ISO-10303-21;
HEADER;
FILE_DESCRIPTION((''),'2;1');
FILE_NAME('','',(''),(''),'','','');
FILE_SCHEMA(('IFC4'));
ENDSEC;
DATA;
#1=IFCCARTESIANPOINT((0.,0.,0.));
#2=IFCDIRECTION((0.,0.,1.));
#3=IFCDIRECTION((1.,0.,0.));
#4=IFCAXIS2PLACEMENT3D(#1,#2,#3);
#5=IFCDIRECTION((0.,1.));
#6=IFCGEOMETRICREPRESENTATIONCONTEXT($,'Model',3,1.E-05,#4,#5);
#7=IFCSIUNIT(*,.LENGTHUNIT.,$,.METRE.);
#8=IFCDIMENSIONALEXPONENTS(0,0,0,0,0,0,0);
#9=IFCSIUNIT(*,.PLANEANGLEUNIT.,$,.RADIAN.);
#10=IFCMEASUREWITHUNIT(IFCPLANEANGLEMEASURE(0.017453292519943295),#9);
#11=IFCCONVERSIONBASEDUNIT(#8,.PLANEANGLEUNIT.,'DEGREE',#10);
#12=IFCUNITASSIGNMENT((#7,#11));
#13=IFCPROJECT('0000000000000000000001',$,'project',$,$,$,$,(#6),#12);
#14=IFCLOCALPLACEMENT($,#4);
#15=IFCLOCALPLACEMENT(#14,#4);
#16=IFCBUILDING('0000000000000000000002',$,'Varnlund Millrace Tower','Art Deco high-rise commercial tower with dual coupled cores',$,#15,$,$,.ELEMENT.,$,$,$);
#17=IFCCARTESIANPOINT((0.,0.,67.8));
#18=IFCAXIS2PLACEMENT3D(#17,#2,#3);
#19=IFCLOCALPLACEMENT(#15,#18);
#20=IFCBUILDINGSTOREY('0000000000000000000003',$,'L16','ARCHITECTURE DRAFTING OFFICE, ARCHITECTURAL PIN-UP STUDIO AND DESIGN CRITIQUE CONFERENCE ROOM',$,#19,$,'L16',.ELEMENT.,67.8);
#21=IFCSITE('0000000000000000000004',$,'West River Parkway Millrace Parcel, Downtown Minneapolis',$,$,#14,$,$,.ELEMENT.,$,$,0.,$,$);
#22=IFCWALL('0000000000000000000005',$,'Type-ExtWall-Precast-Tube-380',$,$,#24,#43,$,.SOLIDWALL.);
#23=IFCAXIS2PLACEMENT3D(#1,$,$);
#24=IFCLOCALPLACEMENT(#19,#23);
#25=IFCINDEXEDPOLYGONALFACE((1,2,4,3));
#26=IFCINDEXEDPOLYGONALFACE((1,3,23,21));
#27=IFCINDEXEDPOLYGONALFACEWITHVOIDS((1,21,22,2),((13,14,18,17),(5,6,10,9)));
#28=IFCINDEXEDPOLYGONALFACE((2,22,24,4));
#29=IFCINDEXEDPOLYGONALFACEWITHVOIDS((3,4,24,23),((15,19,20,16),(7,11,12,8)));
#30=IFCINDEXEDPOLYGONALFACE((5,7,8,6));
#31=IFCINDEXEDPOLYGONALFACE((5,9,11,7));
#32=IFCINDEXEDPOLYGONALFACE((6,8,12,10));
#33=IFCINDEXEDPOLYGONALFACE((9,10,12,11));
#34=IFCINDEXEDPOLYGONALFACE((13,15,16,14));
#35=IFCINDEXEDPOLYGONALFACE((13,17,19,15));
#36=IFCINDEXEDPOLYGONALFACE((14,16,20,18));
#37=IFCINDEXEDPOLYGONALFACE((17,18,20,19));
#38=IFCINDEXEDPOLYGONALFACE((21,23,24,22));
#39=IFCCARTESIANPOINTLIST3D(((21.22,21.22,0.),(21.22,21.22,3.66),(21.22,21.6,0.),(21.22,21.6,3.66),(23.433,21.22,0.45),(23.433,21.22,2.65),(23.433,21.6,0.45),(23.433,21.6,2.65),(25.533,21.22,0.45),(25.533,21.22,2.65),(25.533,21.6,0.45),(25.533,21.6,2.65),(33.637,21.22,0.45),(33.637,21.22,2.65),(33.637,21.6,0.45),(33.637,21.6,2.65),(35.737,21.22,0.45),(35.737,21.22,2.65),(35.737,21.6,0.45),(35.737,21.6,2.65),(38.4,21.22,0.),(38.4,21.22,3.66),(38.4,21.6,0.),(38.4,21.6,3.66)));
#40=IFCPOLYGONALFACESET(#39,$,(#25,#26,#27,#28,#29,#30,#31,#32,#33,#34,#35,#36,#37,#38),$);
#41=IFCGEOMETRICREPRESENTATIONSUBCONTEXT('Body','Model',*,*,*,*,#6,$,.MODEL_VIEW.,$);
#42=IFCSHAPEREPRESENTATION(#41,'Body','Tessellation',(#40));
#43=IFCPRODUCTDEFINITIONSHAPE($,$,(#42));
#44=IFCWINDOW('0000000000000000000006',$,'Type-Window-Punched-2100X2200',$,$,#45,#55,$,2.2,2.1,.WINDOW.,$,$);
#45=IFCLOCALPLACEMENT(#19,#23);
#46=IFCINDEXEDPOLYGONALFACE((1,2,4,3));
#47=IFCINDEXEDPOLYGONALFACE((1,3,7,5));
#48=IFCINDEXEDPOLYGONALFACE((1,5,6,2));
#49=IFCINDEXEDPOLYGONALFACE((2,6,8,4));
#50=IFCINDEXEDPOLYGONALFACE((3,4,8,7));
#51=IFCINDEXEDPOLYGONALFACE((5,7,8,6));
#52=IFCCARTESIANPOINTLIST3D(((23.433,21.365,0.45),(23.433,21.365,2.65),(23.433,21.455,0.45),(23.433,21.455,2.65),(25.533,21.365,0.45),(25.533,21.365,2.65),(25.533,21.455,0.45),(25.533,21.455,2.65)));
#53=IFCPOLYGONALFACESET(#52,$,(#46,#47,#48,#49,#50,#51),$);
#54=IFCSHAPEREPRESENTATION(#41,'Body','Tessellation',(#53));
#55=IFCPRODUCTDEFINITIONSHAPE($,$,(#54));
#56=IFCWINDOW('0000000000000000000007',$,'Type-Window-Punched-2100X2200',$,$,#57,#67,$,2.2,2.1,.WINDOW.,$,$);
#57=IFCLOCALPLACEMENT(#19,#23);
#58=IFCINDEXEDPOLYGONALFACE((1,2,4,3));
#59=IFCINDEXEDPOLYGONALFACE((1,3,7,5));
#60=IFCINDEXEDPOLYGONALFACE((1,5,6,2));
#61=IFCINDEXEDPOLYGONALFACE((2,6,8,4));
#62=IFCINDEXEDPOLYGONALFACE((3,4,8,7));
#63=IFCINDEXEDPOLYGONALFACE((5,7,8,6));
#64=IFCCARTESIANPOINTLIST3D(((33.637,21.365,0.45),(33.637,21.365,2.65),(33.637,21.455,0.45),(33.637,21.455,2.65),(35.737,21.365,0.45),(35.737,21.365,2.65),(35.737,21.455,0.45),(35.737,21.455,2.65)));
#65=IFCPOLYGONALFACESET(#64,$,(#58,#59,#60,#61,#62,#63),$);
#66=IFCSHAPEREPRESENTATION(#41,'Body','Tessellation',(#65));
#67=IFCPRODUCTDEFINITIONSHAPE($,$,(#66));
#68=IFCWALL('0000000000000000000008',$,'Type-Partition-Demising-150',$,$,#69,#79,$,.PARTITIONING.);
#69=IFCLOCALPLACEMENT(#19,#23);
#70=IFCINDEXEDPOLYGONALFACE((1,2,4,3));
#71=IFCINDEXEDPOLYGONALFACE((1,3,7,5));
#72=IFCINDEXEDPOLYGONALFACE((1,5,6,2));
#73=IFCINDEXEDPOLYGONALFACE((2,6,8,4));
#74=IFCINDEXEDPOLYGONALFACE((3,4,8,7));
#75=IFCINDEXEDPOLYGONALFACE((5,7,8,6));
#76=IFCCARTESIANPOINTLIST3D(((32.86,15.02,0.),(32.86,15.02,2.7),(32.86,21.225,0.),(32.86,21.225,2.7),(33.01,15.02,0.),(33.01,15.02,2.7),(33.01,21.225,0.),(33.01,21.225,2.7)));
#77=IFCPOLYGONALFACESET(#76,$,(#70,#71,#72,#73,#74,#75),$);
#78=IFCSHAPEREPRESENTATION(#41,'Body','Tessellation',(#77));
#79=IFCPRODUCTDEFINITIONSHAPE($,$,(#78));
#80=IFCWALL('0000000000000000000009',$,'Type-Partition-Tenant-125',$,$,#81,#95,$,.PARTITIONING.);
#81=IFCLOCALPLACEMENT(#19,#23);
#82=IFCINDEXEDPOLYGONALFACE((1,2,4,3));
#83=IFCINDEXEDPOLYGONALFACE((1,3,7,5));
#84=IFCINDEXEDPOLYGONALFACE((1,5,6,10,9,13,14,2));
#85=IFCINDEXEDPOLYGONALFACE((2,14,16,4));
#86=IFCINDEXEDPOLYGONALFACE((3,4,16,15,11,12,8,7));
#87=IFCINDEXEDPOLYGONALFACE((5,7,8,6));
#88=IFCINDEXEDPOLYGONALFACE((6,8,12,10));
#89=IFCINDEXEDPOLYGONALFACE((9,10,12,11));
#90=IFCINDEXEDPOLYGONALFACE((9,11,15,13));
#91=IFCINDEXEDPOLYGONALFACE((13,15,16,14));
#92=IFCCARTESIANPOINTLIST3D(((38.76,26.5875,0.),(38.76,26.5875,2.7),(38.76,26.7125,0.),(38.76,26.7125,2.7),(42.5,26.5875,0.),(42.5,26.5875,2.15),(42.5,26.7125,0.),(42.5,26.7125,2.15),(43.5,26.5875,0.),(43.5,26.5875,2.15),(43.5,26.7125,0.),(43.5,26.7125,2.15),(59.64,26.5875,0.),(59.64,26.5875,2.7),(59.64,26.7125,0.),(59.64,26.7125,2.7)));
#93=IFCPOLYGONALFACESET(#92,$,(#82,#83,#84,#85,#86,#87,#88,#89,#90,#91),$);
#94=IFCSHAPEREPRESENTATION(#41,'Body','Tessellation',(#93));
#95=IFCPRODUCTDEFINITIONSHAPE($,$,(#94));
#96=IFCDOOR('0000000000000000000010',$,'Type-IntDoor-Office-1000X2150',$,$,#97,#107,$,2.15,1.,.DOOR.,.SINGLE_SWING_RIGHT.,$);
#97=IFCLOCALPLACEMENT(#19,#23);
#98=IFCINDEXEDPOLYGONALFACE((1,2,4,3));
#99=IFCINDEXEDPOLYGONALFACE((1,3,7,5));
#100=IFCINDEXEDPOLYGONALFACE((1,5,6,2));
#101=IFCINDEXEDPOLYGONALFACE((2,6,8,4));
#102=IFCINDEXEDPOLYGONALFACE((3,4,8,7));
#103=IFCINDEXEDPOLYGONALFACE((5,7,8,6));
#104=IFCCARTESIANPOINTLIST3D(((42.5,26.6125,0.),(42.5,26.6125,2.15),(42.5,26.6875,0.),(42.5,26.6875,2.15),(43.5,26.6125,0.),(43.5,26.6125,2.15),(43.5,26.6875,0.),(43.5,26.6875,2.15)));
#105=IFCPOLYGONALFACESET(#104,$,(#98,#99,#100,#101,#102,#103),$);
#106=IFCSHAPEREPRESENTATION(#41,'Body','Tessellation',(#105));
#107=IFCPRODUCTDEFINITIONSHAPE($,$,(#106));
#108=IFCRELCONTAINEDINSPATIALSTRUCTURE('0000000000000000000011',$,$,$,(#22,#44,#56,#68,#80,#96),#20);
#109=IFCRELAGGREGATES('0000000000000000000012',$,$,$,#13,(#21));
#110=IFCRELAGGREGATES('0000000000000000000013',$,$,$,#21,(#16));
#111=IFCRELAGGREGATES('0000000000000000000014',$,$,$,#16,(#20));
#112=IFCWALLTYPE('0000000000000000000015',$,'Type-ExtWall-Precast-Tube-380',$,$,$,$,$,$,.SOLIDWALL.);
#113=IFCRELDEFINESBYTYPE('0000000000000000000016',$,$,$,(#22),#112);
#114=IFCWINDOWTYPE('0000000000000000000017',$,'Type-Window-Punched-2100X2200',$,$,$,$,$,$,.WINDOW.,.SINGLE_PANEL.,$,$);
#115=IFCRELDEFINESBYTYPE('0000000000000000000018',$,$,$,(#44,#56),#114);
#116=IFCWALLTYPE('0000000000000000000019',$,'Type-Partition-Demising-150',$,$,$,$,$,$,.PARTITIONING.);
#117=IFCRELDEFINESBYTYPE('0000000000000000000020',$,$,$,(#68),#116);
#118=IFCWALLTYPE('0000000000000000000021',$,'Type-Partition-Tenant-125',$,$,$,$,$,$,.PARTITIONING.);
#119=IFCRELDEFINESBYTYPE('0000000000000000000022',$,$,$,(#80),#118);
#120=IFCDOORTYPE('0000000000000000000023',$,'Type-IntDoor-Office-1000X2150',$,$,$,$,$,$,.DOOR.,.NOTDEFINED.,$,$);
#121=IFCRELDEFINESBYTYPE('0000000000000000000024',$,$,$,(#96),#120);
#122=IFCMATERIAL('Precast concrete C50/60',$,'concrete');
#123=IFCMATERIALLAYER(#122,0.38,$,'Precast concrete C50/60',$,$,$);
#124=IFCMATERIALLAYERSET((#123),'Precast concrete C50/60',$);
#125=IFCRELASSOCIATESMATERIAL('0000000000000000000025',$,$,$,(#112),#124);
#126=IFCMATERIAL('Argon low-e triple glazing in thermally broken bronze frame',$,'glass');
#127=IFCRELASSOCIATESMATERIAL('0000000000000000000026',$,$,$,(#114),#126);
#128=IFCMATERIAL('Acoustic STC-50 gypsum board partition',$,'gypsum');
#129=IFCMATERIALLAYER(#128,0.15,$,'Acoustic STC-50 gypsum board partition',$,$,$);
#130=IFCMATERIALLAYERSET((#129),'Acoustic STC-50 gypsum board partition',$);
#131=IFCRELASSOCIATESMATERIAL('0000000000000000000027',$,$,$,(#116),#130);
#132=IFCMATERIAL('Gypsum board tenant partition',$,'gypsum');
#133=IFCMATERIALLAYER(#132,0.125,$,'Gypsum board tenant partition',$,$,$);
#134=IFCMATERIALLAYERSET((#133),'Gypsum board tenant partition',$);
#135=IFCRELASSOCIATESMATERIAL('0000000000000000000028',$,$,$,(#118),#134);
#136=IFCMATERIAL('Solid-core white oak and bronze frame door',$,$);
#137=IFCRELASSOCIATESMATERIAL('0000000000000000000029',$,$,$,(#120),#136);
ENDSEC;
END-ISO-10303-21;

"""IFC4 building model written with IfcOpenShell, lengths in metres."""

from ifc_helpers import new_model, entity, si_unit, converted_unit, direction, frame, origin_with_axes, origin_2d_with_axis, place, context, subcontext, project, spatial, polyline, rectangle, outline, extrude, material, layer, layer_set, type_object, element, fill, save


model = new_model("IFC4")

# Units and contexts
model_context = context("Model", 3, precision=1e-05, world=origin_with_axes(), true_north=direction((0.0, 1.0)))
body_context = subcontext(model_context, "Body", "Model", "MODEL_VIEW")
ifc_project = project(units=[si_unit("LENGTHUNIT", "METRE"), converted_unit("PLANEANGLEUNIT", "DEGREE", entity("IfcPlaneAngleMeasure", 0.017453292519943295), si_unit("PLANEANGLEUNIT", "RADIAN"), dimensions=[0, 0, 0, 0, 0, 0, 0])], contexts=[model_context])

# Site, building, storey
site_placement = place(None, origin_with_axes())
site = spatial("IfcSite", under=ifc_project, at=site_placement, Name="West River Parkway Millrace Parcel, Downtown Minneapolis", CompositionType="ELEMENT", RefElevation=0.0)
building_placement = place(site_placement, origin_with_axes())
building = spatial("IfcBuilding", under=site, at=building_placement, Name="Varnlund Millrace Tower", Description="Art Deco high-rise commercial tower with dual coupled cores", CompositionType="ELEMENT")
storey_placement = place(building_placement, frame((0.0, 0.0, 67.8), z_axis=(0.0, 0.0, 1.0), x_axis=(1.0, 0.0, 0.0)))
storey = spatial("IfcBuildingStorey", under=building, at=storey_placement, Name="L16", Description="ARCHITECTURE DRAFTING OFFICE, ARCHITECTURAL PIN-UP STUDIO AND DESIGN CRITIQUE CONFERENCE ROOM", LongName="L16", CompositionType="ELEMENT", Elevation=67.8)

# Shared definitions
ifc_material_1 = material(Name="Precast concrete C50/60", Category="concrete")
ifc_layer_1 = layer(ifc_material_1, 0.38, Name="Precast concrete C50/60")
ifc_layer_set_1 = layer_set([ifc_layer_1], Name="Precast concrete C50/60")
wall_type_1 = type_object("IfcWallType", Name="Type-ExtWall-Precast-Tube-380", PredefinedType="SOLIDWALL", material=ifc_layer_set_1)

# Shared definitions
ifc_material_2 = material(Name="Argon low-e triple glazing in thermally broken bronze frame", Category="glass")
window_type = type_object("IfcWindowType", Name="Type-Window-Punched-2100X2200", PartitioningType="SINGLE_PANEL", PredefinedType="WINDOW", material=ifc_material_2)

# Wall, openings, windows
wall_1_placement = place(storey_placement, frame((21.22, 21.41, 0.0), z_axis=(0.0, 0.0, 1.0), x_axis=(1.0, 0.0, 0.0)))
wall_1 = element("IfcWall", 1, at=wall_1_placement, inside=storey, type_object=wall_type_1, Name="Type-ExtWall-Precast-Tube-380", PredefinedType="SOLIDWALL", context=body_context, shape_type="SweptSolid", body=[
    extrude(outline(polyline([(0.0, -0.19), (17.18, -0.19), (17.18, 0.19), (0.0, 0.19), (0.0, -0.19)])), origin_with_axes(), (0.0, 0.0, 1.0), 3.66),
])
opening_1_placement = place(wall_1_placement, frame((3.263, 0.0, 0.45), z_axis=(0.0, 0.0, 1.0), x_axis=(1.0, 0.0, 0.0)))
opening_1 = element("IfcOpeningElement", 2, at=opening_1_placement, cuts=wall_1, PredefinedType="OPENING", context=body_context, shape_type="SweptSolid", body=[
    extrude(rectangle(XDim=2.1, YDim=0.4, at=origin_2d_with_axis()), origin_with_axes(), (0.0, 0.0, 1.0), 2.2),
])
opening_2_placement = place(wall_1_placement, frame((13.467, 0.0, 0.45), z_axis=(0.0, 0.0, 1.0), x_axis=(1.0, 0.0, 0.0)))
opening_2 = element("IfcOpeningElement", 3, at=opening_2_placement, cuts=wall_1, PredefinedType="OPENING", context=body_context, shape_type="SweptSolid", body=[
    extrude(rectangle(XDim=2.1, YDim=0.4, at=origin_2d_with_axis()), origin_with_axes(), (0.0, 0.0, 1.0), 2.2),
])
window_1_placement = place(wall_1_placement, frame((3.263, 0.0, 0.45), z_axis=(0.0, 0.0, 1.0), x_axis=(1.0, 0.0, 0.0)))
window_1 = element("IfcWindow", 4, at=window_1_placement, inside=storey, type_object=window_type, Name="Type-Window-Punched-2100X2200", OverallHeight=2.2, OverallWidth=2.1, PredefinedType="WINDOW", context=body_context, shape_type="SweptSolid", body=[
    extrude(rectangle(XDim=2.1, YDim=0.09, at=origin_2d_with_axis()), origin_with_axes(), (0.0, 0.0, 1.0), 2.2),
])
fill(opening_1, window_1)
window_2_placement = place(wall_1_placement, frame((13.467, 0.0, 0.45), z_axis=(0.0, 0.0, 1.0), x_axis=(1.0, 0.0, 0.0)))
window_2 = element("IfcWindow", 5, at=window_2_placement, inside=storey, type_object=window_type, Name="Type-Window-Punched-2100X2200", OverallHeight=2.2, OverallWidth=2.1, PredefinedType="WINDOW", context=body_context, shape_type="SweptSolid", body=[
    extrude(rectangle(XDim=2.1, YDim=0.09, at=origin_2d_with_axis()), origin_with_axes(), (0.0, 0.0, 1.0), 2.2),
])
fill(opening_2, window_2)

# Wall
ifc_material_3 = material(Name="Acoustic STC-50 gypsum board partition", Category="gypsum")
ifc_layer_2 = layer(ifc_material_3, 0.15, Name="Acoustic STC-50 gypsum board partition")
ifc_layer_set_2 = layer_set([ifc_layer_2], Name="Acoustic STC-50 gypsum board partition")
wall_type_2 = type_object("IfcWallType", Name="Type-Partition-Demising-150", PredefinedType="PARTITIONING", material=ifc_layer_set_2)
wall_2_placement = place(storey_placement, frame((32.935, 15.02, 0.0), z_axis=(0.0, 0.0, 1.0), x_axis=(0.0, 1.0, 0.0)))
element("IfcWall", 6, at=wall_2_placement, inside=storey, type_object=wall_type_2, Name="Type-Partition-Demising-150", PredefinedType="PARTITIONING", context=body_context, shape_type="SweptSolid", body=[
    extrude(outline(polyline([(0.0, -0.075), (6.205, -0.075), (6.205, 0.075), (0.0, 0.075), (0.0, -0.075)])), origin_with_axes(), (0.0, 0.0, 1.0), 2.7),
])

# Wall, opening, door
ifc_material_4 = material(Name="Gypsum board tenant partition", Category="gypsum")
ifc_layer_3 = layer(ifc_material_4, 0.125, Name="Gypsum board tenant partition")
ifc_layer_set_3 = layer_set([ifc_layer_3], Name="Gypsum board tenant partition")
wall_type_3 = type_object("IfcWallType", Name="Type-Partition-Tenant-125", PredefinedType="PARTITIONING", material=ifc_layer_set_3)
wall_3_placement = place(storey_placement, frame((38.76, 26.65, 0.0), z_axis=(0.0, 0.0, 1.0), x_axis=(1.0, 0.0, 0.0)))
wall_3 = element("IfcWall", 7, at=wall_3_placement, inside=storey, type_object=wall_type_3, Name="Type-Partition-Tenant-125", PredefinedType="PARTITIONING", context=body_context, shape_type="SweptSolid", body=[
    extrude(outline(polyline([(0.0, -0.0625), (20.88, -0.0625), (20.88, 0.0625), (0.0, 0.0625), (0.0, -0.0625)])), origin_with_axes(), (0.0, 0.0, 1.0), 2.7),
])
opening_3_placement = place(wall_3_placement, frame((4.24, 0.0, 0.0), z_axis=(0.0, 0.0, 1.0), x_axis=(1.0, 0.0, 0.0)))
opening_3 = element("IfcOpeningElement", 8, at=opening_3_placement, cuts=wall_3, PredefinedType="OPENING", context=body_context, shape_type="SweptSolid", body=[
    extrude(rectangle(XDim=1.0, YDim=0.145, at=origin_2d_with_axis()), origin_with_axes(), (0.0, 0.0, 1.0), 2.15),
])
ifc_material_5 = material(Name="Solid-core white oak and bronze frame door")
door_type = type_object("IfcDoorType", Name="Type-IntDoor-Office-1000X2150", OperationType="NOTDEFINED", PredefinedType="DOOR", material=ifc_material_5)
door_placement = place(wall_3_placement, frame((4.24, 0.0, 0.0), z_axis=(0.0, 0.0, 1.0), x_axis=(1.0, 0.0, 0.0)))
door = element("IfcDoor", 9, at=door_placement, inside=storey, type_object=door_type, Name="Type-IntDoor-Office-1000X2150", OperationType="SINGLE_SWING_RIGHT", OverallHeight=2.15, OverallWidth=1.0, PredefinedType="DOOR", context=body_context, shape_type="SweptSolid", body=[
    extrude(rectangle(XDim=1.0, YDim=0.075, at=origin_2d_with_axis()), origin_with_axes(), (0.0, 0.0, 1.0), 2.15),
])
fill(opening_3, door)

save(model, "model.ifc")
